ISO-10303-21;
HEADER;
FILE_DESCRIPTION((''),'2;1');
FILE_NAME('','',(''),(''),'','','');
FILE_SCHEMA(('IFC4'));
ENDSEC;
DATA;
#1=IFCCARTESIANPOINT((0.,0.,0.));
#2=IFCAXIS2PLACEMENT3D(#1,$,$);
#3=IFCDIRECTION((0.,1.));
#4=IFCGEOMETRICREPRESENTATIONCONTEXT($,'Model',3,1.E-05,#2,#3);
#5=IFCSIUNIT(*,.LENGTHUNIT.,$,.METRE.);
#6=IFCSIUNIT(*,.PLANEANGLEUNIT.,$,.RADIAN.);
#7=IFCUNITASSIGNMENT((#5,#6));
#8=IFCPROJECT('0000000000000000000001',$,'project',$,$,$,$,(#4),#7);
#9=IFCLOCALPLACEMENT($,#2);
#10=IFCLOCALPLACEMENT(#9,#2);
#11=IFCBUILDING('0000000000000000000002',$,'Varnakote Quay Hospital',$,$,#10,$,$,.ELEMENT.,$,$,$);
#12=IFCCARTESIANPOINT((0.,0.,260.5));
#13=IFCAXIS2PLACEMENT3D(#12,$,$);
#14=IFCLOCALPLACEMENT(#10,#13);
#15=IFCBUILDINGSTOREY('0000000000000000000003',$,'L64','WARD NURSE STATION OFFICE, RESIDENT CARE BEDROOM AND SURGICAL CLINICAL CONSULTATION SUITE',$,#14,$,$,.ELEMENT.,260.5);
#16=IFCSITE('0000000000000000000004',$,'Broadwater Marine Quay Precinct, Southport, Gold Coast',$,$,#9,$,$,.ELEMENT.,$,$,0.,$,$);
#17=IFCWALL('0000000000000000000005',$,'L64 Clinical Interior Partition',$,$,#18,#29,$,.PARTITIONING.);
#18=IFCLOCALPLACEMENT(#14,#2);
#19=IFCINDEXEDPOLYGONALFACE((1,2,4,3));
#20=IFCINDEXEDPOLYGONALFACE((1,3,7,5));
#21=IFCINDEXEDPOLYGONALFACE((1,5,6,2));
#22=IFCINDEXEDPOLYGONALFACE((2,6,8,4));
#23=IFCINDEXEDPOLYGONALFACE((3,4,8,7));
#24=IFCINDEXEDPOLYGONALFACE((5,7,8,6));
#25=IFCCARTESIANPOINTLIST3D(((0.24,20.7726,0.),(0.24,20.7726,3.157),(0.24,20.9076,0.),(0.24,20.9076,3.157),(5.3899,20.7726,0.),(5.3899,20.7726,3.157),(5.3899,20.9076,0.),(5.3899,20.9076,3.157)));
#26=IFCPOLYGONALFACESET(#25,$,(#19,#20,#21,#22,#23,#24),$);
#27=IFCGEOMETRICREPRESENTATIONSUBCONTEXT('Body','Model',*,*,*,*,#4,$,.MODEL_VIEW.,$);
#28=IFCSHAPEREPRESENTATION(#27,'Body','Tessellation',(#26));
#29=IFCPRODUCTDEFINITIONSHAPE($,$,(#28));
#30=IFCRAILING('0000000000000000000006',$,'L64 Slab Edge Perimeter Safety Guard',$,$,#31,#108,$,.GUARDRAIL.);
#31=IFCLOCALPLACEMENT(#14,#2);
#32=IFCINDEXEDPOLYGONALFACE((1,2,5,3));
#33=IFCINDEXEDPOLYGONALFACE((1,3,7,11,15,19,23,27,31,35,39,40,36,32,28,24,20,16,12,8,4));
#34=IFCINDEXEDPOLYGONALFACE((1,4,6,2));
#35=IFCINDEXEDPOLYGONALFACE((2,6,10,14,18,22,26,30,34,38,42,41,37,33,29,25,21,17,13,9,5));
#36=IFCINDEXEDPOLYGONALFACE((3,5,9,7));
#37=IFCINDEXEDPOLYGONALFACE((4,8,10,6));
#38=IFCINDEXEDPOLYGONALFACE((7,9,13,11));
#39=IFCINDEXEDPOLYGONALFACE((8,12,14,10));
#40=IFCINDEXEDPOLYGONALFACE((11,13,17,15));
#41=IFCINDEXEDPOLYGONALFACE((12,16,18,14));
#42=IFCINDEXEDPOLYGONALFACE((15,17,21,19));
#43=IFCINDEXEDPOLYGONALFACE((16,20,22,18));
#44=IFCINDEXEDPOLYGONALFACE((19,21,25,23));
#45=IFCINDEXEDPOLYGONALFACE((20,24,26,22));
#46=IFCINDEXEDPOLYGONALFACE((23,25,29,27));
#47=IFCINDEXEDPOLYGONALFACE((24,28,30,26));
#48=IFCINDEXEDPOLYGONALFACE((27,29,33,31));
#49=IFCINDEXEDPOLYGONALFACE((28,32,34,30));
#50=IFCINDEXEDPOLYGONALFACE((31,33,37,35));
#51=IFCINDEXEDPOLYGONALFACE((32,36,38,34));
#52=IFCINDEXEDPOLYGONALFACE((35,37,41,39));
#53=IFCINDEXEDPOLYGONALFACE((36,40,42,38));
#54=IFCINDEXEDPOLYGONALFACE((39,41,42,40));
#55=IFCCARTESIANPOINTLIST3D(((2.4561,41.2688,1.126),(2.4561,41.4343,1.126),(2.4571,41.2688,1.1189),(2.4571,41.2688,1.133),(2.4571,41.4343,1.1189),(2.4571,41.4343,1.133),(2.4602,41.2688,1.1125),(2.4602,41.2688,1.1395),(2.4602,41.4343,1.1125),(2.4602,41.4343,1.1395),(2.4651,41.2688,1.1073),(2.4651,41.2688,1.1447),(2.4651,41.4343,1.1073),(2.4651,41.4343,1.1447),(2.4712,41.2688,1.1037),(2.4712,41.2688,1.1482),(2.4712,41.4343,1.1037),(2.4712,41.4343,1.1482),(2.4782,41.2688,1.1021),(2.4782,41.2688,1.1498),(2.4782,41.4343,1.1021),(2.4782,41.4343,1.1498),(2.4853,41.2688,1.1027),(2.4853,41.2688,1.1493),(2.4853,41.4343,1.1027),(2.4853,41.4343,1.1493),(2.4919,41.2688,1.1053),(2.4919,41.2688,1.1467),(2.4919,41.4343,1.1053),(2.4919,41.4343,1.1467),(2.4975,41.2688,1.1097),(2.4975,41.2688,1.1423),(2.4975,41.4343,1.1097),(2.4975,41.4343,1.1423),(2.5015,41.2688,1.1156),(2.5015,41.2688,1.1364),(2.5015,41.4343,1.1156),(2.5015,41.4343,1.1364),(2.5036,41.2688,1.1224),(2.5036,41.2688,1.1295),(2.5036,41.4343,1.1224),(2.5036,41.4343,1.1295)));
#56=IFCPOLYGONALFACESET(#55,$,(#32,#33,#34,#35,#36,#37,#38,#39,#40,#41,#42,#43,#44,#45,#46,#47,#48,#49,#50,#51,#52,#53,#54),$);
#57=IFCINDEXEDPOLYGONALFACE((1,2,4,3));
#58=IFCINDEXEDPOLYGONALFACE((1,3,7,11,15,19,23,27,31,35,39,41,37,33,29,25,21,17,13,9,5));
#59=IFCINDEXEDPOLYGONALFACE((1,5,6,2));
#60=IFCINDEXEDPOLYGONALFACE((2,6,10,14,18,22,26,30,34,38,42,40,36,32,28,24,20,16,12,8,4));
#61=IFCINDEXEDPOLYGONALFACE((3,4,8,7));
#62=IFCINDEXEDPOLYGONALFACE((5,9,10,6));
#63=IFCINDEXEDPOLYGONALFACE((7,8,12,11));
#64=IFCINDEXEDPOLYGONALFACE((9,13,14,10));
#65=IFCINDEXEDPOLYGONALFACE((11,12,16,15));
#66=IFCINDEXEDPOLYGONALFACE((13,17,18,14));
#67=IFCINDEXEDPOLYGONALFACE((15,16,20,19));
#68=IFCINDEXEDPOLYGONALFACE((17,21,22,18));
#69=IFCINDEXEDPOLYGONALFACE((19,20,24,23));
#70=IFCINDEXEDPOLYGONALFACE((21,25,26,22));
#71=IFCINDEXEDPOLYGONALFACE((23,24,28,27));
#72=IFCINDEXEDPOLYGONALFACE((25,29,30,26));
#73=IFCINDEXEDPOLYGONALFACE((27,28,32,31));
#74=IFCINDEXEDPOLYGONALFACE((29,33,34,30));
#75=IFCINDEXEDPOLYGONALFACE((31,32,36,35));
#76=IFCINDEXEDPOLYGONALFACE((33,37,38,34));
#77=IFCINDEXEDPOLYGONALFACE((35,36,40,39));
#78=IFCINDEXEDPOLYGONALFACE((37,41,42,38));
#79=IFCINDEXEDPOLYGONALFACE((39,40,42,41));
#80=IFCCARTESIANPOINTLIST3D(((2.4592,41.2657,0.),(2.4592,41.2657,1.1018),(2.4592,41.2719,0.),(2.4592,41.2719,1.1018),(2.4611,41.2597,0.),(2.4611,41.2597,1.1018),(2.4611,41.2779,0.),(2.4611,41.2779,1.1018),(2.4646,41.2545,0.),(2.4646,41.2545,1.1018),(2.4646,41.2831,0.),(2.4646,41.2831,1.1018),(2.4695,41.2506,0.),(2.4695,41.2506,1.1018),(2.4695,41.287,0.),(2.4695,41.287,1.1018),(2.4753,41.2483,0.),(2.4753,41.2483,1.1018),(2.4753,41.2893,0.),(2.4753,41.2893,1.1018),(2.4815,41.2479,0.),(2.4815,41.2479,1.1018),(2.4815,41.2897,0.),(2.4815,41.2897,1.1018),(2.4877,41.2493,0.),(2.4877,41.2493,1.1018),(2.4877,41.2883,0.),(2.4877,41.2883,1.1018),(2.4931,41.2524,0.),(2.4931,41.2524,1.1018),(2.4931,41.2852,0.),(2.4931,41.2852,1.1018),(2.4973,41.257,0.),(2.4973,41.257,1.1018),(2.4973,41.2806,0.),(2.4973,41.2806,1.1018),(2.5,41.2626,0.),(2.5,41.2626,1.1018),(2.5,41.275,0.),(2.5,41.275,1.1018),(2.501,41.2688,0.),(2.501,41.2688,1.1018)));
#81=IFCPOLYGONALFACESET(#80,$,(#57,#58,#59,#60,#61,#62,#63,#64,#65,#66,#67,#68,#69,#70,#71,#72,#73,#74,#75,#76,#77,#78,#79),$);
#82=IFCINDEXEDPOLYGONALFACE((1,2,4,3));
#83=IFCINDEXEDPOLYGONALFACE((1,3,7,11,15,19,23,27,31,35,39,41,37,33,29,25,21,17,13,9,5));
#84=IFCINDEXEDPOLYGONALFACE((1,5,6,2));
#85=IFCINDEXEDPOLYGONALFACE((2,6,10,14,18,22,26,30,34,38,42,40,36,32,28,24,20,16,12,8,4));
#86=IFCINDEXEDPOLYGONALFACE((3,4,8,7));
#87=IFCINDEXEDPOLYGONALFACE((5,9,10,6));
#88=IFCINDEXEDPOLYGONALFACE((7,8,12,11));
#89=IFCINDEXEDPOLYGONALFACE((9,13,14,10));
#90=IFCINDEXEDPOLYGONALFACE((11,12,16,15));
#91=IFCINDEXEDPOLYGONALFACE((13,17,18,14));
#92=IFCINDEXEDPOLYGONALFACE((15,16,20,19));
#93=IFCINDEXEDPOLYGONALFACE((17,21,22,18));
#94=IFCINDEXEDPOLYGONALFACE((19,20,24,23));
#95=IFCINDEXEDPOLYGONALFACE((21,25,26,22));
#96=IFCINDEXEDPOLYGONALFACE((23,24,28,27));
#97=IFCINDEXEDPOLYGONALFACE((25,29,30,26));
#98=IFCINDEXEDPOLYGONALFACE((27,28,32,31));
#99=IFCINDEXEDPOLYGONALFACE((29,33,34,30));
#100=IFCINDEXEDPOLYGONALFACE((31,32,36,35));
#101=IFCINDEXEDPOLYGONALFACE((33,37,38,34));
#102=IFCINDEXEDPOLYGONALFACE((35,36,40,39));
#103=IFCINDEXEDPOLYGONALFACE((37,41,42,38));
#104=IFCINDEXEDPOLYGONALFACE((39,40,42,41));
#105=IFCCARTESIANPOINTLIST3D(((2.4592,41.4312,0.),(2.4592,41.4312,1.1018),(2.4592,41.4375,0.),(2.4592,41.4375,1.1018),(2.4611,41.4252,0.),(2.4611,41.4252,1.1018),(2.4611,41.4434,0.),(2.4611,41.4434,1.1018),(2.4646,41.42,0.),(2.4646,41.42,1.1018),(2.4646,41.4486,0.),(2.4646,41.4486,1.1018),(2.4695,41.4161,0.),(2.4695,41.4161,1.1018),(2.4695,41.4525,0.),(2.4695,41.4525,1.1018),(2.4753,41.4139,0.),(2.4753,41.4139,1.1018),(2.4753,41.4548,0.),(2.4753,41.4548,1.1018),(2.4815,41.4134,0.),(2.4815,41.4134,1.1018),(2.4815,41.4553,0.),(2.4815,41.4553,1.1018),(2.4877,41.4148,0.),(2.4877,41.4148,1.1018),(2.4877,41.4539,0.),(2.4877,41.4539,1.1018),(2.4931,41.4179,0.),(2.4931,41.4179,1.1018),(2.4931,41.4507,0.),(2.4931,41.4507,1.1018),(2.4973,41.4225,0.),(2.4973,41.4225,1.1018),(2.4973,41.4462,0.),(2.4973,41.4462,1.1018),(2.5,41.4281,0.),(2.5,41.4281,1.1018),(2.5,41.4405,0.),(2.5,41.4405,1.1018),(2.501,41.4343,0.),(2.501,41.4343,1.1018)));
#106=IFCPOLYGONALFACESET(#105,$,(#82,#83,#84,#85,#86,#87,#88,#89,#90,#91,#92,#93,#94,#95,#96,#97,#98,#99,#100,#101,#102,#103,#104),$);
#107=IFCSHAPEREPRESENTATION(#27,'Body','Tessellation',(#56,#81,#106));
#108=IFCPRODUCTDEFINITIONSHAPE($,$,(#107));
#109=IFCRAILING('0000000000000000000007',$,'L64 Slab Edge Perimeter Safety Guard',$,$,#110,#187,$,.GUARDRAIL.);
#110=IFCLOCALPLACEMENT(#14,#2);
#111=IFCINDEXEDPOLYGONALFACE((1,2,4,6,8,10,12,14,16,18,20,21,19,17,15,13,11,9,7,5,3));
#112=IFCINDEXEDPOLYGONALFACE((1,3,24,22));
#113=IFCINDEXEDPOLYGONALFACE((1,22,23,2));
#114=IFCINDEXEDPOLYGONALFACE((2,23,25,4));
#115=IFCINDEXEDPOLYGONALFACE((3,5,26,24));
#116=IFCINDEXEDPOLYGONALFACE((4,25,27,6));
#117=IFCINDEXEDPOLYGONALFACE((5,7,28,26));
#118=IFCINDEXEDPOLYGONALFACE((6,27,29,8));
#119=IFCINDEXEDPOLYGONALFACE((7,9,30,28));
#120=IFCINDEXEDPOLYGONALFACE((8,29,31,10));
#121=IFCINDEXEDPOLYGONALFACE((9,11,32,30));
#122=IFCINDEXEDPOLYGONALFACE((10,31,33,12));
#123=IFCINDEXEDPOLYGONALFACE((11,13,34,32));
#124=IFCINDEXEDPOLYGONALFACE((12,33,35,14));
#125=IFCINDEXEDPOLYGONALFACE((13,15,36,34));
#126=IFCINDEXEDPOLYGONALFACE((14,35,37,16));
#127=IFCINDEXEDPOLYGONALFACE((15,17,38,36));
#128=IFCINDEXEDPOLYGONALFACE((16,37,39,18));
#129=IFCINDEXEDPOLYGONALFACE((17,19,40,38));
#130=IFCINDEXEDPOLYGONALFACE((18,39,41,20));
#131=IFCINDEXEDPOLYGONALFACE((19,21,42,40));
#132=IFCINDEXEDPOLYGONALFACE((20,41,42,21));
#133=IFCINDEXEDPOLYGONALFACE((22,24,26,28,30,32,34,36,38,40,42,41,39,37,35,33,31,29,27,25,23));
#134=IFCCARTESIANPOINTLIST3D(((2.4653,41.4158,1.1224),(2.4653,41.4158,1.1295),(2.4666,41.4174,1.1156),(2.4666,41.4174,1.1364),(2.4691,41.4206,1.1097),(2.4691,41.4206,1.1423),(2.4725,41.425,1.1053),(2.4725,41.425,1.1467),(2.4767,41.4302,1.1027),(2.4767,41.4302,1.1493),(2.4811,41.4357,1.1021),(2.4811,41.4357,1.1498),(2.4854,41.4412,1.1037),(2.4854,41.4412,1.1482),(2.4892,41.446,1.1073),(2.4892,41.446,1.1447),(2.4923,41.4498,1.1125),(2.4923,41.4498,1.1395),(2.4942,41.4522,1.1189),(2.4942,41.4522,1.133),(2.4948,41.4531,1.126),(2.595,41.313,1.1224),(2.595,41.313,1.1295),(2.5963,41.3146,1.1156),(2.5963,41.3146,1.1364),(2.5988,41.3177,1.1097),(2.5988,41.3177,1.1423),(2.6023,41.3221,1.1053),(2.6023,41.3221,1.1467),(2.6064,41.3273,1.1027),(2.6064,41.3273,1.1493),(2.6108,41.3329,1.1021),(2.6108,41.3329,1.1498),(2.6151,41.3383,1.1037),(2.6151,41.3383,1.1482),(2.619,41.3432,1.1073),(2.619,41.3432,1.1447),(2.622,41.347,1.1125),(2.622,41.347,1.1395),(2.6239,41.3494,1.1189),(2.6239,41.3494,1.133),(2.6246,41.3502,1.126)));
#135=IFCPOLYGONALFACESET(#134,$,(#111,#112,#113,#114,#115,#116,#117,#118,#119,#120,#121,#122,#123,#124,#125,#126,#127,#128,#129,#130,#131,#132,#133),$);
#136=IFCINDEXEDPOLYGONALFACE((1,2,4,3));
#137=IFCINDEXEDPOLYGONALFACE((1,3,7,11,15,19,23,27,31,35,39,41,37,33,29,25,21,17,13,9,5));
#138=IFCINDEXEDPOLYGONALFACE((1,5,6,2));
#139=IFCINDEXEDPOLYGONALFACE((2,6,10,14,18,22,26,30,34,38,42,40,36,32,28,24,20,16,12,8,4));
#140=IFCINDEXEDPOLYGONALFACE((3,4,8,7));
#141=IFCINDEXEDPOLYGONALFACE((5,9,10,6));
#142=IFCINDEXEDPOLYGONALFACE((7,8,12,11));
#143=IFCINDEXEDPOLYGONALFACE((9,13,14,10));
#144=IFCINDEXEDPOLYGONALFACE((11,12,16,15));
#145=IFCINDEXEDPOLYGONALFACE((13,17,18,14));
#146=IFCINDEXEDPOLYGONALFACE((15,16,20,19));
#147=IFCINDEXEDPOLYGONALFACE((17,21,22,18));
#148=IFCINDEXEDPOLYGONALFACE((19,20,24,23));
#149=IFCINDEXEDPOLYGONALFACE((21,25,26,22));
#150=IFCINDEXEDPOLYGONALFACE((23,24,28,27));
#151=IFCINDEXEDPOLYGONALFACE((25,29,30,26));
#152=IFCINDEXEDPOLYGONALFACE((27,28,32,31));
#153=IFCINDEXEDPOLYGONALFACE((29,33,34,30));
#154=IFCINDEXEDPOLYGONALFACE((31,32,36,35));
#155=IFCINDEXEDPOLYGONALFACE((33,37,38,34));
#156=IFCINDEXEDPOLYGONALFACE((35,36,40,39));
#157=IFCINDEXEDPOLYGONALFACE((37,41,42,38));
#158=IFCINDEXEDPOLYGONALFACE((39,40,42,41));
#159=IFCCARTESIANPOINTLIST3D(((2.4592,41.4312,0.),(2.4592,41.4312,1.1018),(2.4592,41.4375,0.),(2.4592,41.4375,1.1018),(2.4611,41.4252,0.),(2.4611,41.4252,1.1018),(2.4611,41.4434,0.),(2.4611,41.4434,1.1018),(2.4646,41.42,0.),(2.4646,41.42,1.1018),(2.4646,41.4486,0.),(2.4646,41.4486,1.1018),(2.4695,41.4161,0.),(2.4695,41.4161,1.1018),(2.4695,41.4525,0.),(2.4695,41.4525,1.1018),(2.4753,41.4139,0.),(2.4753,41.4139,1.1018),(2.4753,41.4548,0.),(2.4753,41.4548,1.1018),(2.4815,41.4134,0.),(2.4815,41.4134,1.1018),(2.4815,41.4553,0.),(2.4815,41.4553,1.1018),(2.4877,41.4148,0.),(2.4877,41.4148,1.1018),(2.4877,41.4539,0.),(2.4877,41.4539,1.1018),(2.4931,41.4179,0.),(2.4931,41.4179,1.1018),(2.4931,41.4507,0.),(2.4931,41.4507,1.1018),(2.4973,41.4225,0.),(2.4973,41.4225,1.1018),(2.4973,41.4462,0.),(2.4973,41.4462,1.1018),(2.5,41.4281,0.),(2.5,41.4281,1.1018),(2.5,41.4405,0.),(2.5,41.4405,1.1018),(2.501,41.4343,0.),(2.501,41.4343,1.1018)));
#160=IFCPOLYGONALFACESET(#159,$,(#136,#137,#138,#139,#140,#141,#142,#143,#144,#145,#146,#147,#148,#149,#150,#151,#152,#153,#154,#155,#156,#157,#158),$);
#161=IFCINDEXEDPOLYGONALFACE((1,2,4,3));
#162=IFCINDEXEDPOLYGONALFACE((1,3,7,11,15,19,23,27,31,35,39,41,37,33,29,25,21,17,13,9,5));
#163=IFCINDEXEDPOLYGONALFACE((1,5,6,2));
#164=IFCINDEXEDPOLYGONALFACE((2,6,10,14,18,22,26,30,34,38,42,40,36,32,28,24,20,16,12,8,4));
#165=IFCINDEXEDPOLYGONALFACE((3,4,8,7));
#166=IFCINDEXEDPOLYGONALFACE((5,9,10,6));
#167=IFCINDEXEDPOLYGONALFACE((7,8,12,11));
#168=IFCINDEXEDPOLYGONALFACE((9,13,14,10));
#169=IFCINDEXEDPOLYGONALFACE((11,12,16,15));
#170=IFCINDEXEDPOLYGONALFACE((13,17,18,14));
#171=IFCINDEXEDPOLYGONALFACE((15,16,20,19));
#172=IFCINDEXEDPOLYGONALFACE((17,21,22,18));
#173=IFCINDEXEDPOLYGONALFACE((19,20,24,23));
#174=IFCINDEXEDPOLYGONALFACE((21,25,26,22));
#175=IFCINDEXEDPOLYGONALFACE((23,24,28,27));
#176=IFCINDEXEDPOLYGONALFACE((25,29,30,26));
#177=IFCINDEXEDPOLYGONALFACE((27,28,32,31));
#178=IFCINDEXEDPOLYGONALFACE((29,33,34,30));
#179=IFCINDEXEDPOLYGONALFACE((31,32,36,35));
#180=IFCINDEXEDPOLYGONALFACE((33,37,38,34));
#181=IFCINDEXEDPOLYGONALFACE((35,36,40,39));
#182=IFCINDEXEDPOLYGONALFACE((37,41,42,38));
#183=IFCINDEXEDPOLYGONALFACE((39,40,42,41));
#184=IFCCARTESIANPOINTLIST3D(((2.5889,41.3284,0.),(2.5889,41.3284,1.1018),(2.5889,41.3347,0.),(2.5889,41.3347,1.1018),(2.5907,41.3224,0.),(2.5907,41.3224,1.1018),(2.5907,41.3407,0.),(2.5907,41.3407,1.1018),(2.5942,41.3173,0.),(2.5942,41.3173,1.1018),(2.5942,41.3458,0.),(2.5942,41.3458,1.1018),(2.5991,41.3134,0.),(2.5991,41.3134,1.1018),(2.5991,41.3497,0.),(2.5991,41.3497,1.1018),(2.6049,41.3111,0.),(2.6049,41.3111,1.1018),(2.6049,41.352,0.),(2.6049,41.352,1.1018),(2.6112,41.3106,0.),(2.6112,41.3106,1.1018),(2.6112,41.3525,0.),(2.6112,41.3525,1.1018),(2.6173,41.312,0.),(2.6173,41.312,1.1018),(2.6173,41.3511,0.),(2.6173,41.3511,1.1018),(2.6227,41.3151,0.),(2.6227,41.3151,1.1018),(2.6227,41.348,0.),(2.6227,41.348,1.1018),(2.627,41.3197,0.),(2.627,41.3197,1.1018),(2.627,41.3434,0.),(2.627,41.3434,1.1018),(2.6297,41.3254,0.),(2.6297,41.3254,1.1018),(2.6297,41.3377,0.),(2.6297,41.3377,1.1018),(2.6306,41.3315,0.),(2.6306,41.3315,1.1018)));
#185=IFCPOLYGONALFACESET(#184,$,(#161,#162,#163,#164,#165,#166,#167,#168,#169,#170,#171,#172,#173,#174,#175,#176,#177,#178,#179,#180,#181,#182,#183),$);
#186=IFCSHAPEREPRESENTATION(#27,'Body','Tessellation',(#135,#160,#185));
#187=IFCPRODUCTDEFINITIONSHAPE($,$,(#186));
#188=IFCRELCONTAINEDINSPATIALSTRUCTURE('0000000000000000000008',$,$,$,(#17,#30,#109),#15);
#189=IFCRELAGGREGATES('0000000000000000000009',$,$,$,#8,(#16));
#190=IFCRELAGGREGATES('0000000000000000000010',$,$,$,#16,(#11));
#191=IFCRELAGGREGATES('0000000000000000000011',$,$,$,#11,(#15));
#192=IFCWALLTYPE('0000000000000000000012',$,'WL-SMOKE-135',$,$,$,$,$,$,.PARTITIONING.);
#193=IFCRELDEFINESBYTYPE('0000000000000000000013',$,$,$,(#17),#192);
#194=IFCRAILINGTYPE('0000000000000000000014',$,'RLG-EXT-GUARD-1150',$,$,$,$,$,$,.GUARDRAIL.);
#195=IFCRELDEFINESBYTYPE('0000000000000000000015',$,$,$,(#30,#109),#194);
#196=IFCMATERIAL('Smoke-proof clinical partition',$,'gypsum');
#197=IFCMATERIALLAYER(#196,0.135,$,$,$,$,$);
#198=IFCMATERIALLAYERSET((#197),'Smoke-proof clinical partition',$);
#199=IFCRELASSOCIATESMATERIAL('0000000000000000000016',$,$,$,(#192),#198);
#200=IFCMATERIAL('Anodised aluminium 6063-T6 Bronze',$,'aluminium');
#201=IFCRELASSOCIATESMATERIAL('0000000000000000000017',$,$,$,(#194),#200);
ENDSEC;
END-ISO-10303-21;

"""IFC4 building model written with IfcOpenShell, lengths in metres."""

from ifc_helpers import new_model, si_unit, direction, frame, frame_2d, origin, origin_2d, place, context, subcontext, project, spatial, rectangle, circle, extrude, material, layer, layer_set, type_object, element, save


model = new_model("IFC4")

# Units and contexts
model_context = context("Model", 3, precision=1e-05, world=origin(), true_north=direction((0.0, 1.0)))
body_context = subcontext(model_context, "Body", "Model", "MODEL_VIEW")
ifc_project = project(units=[si_unit("LENGTHUNIT", "METRE"), si_unit("PLANEANGLEUNIT", "RADIAN")], contexts=[model_context])

# Site, building, storey
site_placement = place(None, origin())
site = spatial("IfcSite", under=ifc_project, at=site_placement, Name="Broadwater Marine Quay Precinct, Southport, Gold Coast", CompositionType="ELEMENT", RefElevation=0.0)
building_placement = place(site_placement, origin())
building = spatial("IfcBuilding", under=site, at=building_placement, Name="Varnakote Quay Hospital", CompositionType="ELEMENT")
storey_placement = place(building_placement, frame((0.0, 0.0, 260.5)))
storey = spatial("IfcBuildingStorey", under=building, at=storey_placement, Name="L64", Description="WARD NURSE STATION OFFICE, RESIDENT CARE BEDROOM AND SURGICAL CLINICAL CONSULTATION SUITE", CompositionType="ELEMENT", Elevation=260.5)

# Wall
ifc_material_1 = material(Name="Smoke-proof clinical partition", Category="gypsum")
ifc_layer_1 = layer(ifc_material_1, 0.135)
ifc_layer_set_1 = layer_set([ifc_layer_1], Name="Smoke-proof clinical partition")
wall_type_1 = type_object("IfcWallType", Name="WL-SMOKE-135", PredefinedType="PARTITIONING", material=ifc_layer_set_1)
wall_1_placement = place(storey_placement, frame((5.3899, 20.8401, 0.0), z_axis=(0.0, 0.0, 1.0), x_axis=(-1.0, 0.0, 0.0)))
element("IfcWall", 1, at=wall_1_placement, inside=storey, type_object=wall_type_1, Name="L64 Clinical Interior Partition", PredefinedType="PARTITIONING", context=body_context, shape_type="SweptSolid", body=[
    extrude(rectangle(XDim=5.1499, YDim=0.135, at=frame_2d((2.575, 0.0))), origin(), (0.0, 0.0, 1.0), 3.157),
])

# Railings
ifc_material_2 = material(Name="Anodised aluminium 6063-T6 Bronze", Category="aluminium")
railing_type = type_object("IfcRailingType", Name="RLG-EXT-GUARD-1150", PredefinedType="GUARDRAIL", material=ifc_material_2)
railing_1_placement = place(storey_placement, frame((2.48, 41.2688, 0.0)))
element("IfcRailing", 2, at=railing_1_placement, inside=storey, type_object=railing_type, Name="L64 Slab Edge Perimeter Safety Guard", PredefinedType="GUARDRAIL", context=body_context, shape_type="SweptSolid", body=[
    extrude(circle(Radius=0.0239, at=origin_2d()), frame((0.0, 0.0, 1.126), z_axis=(0.0, 1.0, 0.0), x_axis=(-1.0, 0.0, 0.0)), (0.0, 0.0, 1.0), 0.1655),
    extrude(circle(Radius=0.021, at=origin_2d()), origin(), (0.0, 0.0, 1.0), 1.1018),
    extrude(circle(Radius=0.021, at=origin_2d()), frame((0.0, 0.1655, 0.0)), (0.0, 0.0, 1.0), 1.1018),
])
railing_2_placement = place(storey_placement, frame((2.48, 41.4343, 0.0)))
element("IfcRailing", 3, at=railing_2_placement, inside=storey, type_object=railing_type, Name="L64 Slab Edge Perimeter Safety Guard", PredefinedType="GUARDRAIL", context=body_context, shape_type="SweptSolid", body=[
    extrude(circle(Radius=0.0239, at=origin_2d()), frame((0.0, 0.0, 1.126), z_axis=(0.783597, -0.62127, 0.0), x_axis=(0.62127, 0.783597, 0.0)), (0.0, 0.0, 1.0), 0.1655),
    extrude(circle(Radius=0.021, at=origin_2d()), origin(), (0.0, 0.0, 1.0), 1.1018),
    extrude(circle(Radius=0.021, at=origin_2d()), frame((0.1296, -0.1028, 0.0)), (0.0, 0.0, 1.0), 1.1018),
])

save(model, "model.ifc")
